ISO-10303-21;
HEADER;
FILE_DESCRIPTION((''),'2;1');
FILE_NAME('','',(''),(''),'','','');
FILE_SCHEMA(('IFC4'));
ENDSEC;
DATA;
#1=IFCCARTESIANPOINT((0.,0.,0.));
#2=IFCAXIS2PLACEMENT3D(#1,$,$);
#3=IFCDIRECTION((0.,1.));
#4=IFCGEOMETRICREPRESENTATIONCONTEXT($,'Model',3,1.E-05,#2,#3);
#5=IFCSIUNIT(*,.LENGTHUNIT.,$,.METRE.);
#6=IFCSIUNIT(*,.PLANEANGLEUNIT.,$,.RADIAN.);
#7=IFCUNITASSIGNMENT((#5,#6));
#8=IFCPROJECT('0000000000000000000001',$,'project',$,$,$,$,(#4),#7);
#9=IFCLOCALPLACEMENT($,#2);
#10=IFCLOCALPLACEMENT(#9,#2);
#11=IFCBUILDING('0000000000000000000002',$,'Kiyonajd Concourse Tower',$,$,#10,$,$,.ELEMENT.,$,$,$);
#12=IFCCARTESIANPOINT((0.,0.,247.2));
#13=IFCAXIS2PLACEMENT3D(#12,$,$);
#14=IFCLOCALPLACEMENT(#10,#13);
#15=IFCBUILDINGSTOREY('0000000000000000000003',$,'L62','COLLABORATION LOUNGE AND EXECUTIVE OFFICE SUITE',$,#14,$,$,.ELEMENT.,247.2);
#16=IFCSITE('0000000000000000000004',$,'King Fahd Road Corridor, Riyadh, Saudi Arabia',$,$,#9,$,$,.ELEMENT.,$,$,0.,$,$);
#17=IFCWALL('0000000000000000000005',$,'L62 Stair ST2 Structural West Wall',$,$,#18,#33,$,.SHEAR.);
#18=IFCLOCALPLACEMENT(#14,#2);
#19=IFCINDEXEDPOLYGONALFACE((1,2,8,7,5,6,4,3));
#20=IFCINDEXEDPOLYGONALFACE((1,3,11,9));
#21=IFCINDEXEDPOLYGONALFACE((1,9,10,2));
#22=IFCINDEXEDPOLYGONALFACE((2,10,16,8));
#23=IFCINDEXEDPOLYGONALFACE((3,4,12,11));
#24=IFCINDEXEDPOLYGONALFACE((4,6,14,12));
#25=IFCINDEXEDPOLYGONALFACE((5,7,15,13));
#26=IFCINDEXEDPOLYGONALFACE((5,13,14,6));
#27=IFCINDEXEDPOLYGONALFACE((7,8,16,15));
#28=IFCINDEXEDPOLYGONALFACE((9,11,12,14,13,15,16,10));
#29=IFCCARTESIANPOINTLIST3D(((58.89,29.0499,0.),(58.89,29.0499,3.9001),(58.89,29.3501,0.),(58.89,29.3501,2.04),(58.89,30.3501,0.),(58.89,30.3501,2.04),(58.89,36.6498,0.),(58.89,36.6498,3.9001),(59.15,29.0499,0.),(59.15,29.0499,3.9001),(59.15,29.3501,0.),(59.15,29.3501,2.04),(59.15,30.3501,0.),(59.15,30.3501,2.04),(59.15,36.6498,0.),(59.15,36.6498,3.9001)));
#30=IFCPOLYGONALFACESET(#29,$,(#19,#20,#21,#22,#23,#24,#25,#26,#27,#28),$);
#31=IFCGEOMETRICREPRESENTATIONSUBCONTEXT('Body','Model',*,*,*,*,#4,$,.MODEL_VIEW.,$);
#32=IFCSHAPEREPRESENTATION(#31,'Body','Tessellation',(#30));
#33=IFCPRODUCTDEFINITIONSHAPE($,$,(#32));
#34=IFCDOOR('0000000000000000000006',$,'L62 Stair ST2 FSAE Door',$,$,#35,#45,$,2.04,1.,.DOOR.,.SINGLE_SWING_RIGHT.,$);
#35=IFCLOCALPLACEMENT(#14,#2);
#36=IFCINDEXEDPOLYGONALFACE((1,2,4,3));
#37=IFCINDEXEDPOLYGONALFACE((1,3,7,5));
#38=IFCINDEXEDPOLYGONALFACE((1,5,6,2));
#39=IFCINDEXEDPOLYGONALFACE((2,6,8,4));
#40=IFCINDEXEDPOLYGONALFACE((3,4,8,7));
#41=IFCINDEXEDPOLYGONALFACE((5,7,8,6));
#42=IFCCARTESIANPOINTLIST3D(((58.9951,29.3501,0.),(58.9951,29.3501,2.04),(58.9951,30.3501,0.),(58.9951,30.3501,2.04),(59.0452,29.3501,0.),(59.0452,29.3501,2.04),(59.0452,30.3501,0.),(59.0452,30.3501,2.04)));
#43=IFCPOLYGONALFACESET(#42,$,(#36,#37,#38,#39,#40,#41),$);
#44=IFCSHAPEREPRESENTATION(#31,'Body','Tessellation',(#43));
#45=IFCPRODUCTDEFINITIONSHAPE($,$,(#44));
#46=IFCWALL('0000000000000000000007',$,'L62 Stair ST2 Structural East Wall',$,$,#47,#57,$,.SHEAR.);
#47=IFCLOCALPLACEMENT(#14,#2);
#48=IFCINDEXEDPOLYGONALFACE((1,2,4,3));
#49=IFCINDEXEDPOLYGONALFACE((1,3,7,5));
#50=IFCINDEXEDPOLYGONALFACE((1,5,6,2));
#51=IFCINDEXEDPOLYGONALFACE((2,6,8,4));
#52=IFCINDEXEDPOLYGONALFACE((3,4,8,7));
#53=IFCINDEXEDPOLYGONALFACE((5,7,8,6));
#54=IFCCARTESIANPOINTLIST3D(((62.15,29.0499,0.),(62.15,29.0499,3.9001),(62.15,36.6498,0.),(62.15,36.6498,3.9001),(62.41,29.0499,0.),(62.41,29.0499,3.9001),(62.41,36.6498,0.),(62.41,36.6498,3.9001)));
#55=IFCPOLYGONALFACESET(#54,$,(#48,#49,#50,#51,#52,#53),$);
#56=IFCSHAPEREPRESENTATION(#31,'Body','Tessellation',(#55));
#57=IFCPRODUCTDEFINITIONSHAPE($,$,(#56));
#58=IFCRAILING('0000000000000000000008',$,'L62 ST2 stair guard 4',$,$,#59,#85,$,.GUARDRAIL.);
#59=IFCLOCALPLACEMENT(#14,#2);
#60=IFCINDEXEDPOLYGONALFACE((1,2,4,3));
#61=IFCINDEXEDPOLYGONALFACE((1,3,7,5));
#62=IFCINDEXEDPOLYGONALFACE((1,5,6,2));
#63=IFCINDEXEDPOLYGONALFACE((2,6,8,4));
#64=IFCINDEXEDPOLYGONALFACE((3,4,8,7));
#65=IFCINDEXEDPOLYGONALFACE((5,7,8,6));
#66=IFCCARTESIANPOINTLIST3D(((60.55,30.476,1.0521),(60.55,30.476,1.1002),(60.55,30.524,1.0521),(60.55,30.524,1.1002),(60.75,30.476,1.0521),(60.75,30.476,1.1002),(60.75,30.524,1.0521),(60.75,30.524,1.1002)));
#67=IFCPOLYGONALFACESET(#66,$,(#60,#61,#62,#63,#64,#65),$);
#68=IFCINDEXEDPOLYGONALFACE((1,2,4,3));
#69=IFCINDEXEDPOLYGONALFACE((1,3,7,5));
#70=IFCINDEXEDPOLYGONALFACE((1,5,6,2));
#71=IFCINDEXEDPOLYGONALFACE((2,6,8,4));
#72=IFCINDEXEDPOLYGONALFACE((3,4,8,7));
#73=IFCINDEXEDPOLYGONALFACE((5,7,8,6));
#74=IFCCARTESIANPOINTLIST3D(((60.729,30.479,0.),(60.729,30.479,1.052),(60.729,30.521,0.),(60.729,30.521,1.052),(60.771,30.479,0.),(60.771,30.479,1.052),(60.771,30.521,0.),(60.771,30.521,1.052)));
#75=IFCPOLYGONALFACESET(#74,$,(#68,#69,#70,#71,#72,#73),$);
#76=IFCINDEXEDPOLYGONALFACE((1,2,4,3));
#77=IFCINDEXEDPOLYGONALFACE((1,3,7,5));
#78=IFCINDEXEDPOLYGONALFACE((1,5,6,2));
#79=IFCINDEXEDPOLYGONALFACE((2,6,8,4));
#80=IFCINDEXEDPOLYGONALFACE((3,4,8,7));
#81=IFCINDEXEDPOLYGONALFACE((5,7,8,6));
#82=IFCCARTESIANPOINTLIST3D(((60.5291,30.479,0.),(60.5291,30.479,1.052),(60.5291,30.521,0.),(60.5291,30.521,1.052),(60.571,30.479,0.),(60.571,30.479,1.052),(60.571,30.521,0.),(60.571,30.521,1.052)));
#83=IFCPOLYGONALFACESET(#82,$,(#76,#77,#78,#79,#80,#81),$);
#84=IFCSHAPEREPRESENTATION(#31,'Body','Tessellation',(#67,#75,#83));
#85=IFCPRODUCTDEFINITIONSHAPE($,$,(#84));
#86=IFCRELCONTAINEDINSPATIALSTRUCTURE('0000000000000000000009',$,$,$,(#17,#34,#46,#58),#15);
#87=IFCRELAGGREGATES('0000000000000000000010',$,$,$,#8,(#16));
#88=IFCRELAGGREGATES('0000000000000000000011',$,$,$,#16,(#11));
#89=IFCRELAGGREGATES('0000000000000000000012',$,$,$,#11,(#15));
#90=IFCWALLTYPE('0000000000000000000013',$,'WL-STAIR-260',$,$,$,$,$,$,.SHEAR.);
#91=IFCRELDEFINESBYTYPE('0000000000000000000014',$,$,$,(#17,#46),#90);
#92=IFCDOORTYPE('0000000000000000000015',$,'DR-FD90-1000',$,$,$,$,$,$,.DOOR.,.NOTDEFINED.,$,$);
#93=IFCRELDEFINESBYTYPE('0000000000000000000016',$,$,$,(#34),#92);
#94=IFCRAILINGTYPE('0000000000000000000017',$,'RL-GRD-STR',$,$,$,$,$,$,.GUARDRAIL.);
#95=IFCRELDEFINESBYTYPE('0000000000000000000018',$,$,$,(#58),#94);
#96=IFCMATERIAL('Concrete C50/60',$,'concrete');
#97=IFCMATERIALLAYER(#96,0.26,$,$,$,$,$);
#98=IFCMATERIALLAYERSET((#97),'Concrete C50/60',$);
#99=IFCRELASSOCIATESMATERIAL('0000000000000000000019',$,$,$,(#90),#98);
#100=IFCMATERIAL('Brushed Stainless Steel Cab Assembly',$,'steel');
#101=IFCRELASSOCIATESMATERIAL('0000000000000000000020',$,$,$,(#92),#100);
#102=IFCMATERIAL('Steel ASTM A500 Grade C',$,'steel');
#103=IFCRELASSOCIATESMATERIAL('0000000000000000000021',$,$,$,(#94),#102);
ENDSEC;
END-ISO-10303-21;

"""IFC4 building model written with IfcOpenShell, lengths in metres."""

from ifc_helpers import new_model, si_unit, direction, frame, frame_2d, origin, origin_2d, place, context, subcontext, project, spatial, rectangle, extrude, material, layer, layer_set, type_object, element, fill, save


model = new_model("IFC4")

# Units and contexts
model_context = context("Model", 3, precision=1e-05, world=origin(), true_north=direction((0.0, 1.0)))
body_context = subcontext(model_context, "Body", "Model", "MODEL_VIEW")
ifc_project = project(units=[si_unit("LENGTHUNIT", "METRE"), si_unit("PLANEANGLEUNIT", "RADIAN")], contexts=[model_context])

# Site, building, storey
site_placement = place(None, origin())
site = spatial("IfcSite", under=ifc_project, at=site_placement, Name="King Fahd Road Corridor, Riyadh, Saudi Arabia", CompositionType="ELEMENT", RefElevation=0.0)
building_placement = place(site_placement, origin())
building = spatial("IfcBuilding", under=site, at=building_placement, Name="Kiyonajd Concourse Tower", CompositionType="ELEMENT")
storey_placement = place(building_placement, frame((0.0, 0.0, 247.2)))
storey = spatial("IfcBuildingStorey", under=building, at=storey_placement, Name="L62", Description="COLLABORATION LOUNGE AND EXECUTIVE OFFICE SUITE", CompositionType="ELEMENT", Elevation=247.2)

# Shared definitions
ifc_material_1 = material(Name="Concrete C50/60", Category="concrete")
ifc_layer_1 = layer(ifc_material_1, 0.26)
ifc_layer_set_1 = layer_set([ifc_layer_1], Name="Concrete C50/60")
wall_type_1 = type_object("IfcWallType", Name="WL-STAIR-260", PredefinedType="SHEAR", material=ifc_layer_set_1)

# Wall, opening, door
wall_1_placement = place(storey_placement, frame((59.02, 29.05, 0.0), z_axis=(0.0, 0.0, 1.0), x_axis=(0.0, 1.0, 0.0)))
wall_1 = element("IfcWall", 1, at=wall_1_placement, inside=storey, type_object=wall_type_1, Name="L62 Stair ST2 Structural West Wall", PredefinedType="SHEAR", context=body_context, shape_type="SweptSolid", body=[
    extrude(rectangle(XDim=7.5999, YDim=0.26, at=frame_2d((3.7998, 0.0))), origin(), (0.0, 0.0, 1.0), 3.9001),
])
opening_1_placement = place(wall_1_placement, frame((0.3, 0.0, 0.0)))
opening_1 = element("IfcOpeningElement", 2, at=opening_1_placement, cuts=wall_1, PredefinedType="OPENING", context=body_context, shape_type="SweptSolid", body=[
    extrude(rectangle(XDim=1.0, YDim=2.04, at=frame_2d((0.5, 1.02))), frame((0.0, 0.1399, 0.0), z_axis=(0.0, -1.0, 0.0), x_axis=(1.0, 0.0, 0.0)), (0.0, 0.0, 1.0), 0.28),
])
ifc_material_2 = material(Name="Brushed Stainless Steel Cab Assembly", Category="steel")
door_type = type_object("IfcDoorType", Name="DR-FD90-1000", OperationType="NOTDEFINED", PredefinedType="DOOR", material=ifc_material_2)
door_placement = place(opening_1_placement, origin())
door = element("IfcDoor", 3, at=door_placement, inside=storey, type_object=door_type, Name="L62 Stair ST2 FSAE Door", OperationType="SINGLE_SWING_RIGHT", OverallHeight=2.04, OverallWidth=1.0, PredefinedType="DOOR", context=body_context, shape_type="SweptSolid", body=[
    extrude(rectangle(XDim=1.0, YDim=2.04, at=frame_2d((0.5, 1.02))), frame((0.0, 0.0249, 0.0), z_axis=(0.0, -1.0, 0.0), x_axis=(1.0, 0.0, 0.0)), (0.0, 0.0, 1.0), 0.05),
])
fill(opening_1, door)

# Wall
wall_2_placement = place(storey_placement, frame((62.28, 29.05, 0.0), z_axis=(0.0, 0.0, 1.0), x_axis=(0.0, 1.0, 0.0)))
element("IfcWall", 4, at=wall_2_placement, inside=storey, type_object=wall_type_1, Name="L62 Stair ST2 Structural East Wall", PredefinedType="SHEAR", context=body_context, shape_type="SweptSolid", body=[
    extrude(rectangle(XDim=7.5999, YDim=0.26, at=frame_2d((3.7998, 0.0))), origin(), (0.0, 0.0, 1.0), 3.9001),
])

# Railing
ifc_material_3 = material(Name="Steel ASTM A500 Grade C", Category="steel")
railing_type = type_object("IfcRailingType", Name="RL-GRD-STR", PredefinedType="GUARDRAIL", material=ifc_material_3)
railing_placement = place(storey_placement, frame((60.75, 30.5, 0.0)))
element("IfcRailing", 5, at=railing_placement, inside=storey, type_object=railing_type, Name="L62 ST2 stair guard 4", PredefinedType="GUARDRAIL", context=body_context, shape_type="SweptSolid", body=[
    extrude(rectangle(XDim=0.0481, YDim=0.0481, at=origin_2d()), frame((0.0, 0.0, 1.0762), z_axis=(-1.0, 0.0, 0.0), x_axis=(0.0, -1.0, 0.0)), (0.0, 0.0, 1.0), 0.2),
    extrude(rectangle(XDim=0.042, YDim=0.042, at=origin_2d()), origin(), (0.0, 0.0, 1.0), 1.052),
    extrude(rectangle(XDim=0.042, YDim=0.042, at=origin_2d()), frame((-0.2, 0.0, 0.0)), (0.0, 0.0, 1.0), 1.052),
])

save(model, "model.ifc")
